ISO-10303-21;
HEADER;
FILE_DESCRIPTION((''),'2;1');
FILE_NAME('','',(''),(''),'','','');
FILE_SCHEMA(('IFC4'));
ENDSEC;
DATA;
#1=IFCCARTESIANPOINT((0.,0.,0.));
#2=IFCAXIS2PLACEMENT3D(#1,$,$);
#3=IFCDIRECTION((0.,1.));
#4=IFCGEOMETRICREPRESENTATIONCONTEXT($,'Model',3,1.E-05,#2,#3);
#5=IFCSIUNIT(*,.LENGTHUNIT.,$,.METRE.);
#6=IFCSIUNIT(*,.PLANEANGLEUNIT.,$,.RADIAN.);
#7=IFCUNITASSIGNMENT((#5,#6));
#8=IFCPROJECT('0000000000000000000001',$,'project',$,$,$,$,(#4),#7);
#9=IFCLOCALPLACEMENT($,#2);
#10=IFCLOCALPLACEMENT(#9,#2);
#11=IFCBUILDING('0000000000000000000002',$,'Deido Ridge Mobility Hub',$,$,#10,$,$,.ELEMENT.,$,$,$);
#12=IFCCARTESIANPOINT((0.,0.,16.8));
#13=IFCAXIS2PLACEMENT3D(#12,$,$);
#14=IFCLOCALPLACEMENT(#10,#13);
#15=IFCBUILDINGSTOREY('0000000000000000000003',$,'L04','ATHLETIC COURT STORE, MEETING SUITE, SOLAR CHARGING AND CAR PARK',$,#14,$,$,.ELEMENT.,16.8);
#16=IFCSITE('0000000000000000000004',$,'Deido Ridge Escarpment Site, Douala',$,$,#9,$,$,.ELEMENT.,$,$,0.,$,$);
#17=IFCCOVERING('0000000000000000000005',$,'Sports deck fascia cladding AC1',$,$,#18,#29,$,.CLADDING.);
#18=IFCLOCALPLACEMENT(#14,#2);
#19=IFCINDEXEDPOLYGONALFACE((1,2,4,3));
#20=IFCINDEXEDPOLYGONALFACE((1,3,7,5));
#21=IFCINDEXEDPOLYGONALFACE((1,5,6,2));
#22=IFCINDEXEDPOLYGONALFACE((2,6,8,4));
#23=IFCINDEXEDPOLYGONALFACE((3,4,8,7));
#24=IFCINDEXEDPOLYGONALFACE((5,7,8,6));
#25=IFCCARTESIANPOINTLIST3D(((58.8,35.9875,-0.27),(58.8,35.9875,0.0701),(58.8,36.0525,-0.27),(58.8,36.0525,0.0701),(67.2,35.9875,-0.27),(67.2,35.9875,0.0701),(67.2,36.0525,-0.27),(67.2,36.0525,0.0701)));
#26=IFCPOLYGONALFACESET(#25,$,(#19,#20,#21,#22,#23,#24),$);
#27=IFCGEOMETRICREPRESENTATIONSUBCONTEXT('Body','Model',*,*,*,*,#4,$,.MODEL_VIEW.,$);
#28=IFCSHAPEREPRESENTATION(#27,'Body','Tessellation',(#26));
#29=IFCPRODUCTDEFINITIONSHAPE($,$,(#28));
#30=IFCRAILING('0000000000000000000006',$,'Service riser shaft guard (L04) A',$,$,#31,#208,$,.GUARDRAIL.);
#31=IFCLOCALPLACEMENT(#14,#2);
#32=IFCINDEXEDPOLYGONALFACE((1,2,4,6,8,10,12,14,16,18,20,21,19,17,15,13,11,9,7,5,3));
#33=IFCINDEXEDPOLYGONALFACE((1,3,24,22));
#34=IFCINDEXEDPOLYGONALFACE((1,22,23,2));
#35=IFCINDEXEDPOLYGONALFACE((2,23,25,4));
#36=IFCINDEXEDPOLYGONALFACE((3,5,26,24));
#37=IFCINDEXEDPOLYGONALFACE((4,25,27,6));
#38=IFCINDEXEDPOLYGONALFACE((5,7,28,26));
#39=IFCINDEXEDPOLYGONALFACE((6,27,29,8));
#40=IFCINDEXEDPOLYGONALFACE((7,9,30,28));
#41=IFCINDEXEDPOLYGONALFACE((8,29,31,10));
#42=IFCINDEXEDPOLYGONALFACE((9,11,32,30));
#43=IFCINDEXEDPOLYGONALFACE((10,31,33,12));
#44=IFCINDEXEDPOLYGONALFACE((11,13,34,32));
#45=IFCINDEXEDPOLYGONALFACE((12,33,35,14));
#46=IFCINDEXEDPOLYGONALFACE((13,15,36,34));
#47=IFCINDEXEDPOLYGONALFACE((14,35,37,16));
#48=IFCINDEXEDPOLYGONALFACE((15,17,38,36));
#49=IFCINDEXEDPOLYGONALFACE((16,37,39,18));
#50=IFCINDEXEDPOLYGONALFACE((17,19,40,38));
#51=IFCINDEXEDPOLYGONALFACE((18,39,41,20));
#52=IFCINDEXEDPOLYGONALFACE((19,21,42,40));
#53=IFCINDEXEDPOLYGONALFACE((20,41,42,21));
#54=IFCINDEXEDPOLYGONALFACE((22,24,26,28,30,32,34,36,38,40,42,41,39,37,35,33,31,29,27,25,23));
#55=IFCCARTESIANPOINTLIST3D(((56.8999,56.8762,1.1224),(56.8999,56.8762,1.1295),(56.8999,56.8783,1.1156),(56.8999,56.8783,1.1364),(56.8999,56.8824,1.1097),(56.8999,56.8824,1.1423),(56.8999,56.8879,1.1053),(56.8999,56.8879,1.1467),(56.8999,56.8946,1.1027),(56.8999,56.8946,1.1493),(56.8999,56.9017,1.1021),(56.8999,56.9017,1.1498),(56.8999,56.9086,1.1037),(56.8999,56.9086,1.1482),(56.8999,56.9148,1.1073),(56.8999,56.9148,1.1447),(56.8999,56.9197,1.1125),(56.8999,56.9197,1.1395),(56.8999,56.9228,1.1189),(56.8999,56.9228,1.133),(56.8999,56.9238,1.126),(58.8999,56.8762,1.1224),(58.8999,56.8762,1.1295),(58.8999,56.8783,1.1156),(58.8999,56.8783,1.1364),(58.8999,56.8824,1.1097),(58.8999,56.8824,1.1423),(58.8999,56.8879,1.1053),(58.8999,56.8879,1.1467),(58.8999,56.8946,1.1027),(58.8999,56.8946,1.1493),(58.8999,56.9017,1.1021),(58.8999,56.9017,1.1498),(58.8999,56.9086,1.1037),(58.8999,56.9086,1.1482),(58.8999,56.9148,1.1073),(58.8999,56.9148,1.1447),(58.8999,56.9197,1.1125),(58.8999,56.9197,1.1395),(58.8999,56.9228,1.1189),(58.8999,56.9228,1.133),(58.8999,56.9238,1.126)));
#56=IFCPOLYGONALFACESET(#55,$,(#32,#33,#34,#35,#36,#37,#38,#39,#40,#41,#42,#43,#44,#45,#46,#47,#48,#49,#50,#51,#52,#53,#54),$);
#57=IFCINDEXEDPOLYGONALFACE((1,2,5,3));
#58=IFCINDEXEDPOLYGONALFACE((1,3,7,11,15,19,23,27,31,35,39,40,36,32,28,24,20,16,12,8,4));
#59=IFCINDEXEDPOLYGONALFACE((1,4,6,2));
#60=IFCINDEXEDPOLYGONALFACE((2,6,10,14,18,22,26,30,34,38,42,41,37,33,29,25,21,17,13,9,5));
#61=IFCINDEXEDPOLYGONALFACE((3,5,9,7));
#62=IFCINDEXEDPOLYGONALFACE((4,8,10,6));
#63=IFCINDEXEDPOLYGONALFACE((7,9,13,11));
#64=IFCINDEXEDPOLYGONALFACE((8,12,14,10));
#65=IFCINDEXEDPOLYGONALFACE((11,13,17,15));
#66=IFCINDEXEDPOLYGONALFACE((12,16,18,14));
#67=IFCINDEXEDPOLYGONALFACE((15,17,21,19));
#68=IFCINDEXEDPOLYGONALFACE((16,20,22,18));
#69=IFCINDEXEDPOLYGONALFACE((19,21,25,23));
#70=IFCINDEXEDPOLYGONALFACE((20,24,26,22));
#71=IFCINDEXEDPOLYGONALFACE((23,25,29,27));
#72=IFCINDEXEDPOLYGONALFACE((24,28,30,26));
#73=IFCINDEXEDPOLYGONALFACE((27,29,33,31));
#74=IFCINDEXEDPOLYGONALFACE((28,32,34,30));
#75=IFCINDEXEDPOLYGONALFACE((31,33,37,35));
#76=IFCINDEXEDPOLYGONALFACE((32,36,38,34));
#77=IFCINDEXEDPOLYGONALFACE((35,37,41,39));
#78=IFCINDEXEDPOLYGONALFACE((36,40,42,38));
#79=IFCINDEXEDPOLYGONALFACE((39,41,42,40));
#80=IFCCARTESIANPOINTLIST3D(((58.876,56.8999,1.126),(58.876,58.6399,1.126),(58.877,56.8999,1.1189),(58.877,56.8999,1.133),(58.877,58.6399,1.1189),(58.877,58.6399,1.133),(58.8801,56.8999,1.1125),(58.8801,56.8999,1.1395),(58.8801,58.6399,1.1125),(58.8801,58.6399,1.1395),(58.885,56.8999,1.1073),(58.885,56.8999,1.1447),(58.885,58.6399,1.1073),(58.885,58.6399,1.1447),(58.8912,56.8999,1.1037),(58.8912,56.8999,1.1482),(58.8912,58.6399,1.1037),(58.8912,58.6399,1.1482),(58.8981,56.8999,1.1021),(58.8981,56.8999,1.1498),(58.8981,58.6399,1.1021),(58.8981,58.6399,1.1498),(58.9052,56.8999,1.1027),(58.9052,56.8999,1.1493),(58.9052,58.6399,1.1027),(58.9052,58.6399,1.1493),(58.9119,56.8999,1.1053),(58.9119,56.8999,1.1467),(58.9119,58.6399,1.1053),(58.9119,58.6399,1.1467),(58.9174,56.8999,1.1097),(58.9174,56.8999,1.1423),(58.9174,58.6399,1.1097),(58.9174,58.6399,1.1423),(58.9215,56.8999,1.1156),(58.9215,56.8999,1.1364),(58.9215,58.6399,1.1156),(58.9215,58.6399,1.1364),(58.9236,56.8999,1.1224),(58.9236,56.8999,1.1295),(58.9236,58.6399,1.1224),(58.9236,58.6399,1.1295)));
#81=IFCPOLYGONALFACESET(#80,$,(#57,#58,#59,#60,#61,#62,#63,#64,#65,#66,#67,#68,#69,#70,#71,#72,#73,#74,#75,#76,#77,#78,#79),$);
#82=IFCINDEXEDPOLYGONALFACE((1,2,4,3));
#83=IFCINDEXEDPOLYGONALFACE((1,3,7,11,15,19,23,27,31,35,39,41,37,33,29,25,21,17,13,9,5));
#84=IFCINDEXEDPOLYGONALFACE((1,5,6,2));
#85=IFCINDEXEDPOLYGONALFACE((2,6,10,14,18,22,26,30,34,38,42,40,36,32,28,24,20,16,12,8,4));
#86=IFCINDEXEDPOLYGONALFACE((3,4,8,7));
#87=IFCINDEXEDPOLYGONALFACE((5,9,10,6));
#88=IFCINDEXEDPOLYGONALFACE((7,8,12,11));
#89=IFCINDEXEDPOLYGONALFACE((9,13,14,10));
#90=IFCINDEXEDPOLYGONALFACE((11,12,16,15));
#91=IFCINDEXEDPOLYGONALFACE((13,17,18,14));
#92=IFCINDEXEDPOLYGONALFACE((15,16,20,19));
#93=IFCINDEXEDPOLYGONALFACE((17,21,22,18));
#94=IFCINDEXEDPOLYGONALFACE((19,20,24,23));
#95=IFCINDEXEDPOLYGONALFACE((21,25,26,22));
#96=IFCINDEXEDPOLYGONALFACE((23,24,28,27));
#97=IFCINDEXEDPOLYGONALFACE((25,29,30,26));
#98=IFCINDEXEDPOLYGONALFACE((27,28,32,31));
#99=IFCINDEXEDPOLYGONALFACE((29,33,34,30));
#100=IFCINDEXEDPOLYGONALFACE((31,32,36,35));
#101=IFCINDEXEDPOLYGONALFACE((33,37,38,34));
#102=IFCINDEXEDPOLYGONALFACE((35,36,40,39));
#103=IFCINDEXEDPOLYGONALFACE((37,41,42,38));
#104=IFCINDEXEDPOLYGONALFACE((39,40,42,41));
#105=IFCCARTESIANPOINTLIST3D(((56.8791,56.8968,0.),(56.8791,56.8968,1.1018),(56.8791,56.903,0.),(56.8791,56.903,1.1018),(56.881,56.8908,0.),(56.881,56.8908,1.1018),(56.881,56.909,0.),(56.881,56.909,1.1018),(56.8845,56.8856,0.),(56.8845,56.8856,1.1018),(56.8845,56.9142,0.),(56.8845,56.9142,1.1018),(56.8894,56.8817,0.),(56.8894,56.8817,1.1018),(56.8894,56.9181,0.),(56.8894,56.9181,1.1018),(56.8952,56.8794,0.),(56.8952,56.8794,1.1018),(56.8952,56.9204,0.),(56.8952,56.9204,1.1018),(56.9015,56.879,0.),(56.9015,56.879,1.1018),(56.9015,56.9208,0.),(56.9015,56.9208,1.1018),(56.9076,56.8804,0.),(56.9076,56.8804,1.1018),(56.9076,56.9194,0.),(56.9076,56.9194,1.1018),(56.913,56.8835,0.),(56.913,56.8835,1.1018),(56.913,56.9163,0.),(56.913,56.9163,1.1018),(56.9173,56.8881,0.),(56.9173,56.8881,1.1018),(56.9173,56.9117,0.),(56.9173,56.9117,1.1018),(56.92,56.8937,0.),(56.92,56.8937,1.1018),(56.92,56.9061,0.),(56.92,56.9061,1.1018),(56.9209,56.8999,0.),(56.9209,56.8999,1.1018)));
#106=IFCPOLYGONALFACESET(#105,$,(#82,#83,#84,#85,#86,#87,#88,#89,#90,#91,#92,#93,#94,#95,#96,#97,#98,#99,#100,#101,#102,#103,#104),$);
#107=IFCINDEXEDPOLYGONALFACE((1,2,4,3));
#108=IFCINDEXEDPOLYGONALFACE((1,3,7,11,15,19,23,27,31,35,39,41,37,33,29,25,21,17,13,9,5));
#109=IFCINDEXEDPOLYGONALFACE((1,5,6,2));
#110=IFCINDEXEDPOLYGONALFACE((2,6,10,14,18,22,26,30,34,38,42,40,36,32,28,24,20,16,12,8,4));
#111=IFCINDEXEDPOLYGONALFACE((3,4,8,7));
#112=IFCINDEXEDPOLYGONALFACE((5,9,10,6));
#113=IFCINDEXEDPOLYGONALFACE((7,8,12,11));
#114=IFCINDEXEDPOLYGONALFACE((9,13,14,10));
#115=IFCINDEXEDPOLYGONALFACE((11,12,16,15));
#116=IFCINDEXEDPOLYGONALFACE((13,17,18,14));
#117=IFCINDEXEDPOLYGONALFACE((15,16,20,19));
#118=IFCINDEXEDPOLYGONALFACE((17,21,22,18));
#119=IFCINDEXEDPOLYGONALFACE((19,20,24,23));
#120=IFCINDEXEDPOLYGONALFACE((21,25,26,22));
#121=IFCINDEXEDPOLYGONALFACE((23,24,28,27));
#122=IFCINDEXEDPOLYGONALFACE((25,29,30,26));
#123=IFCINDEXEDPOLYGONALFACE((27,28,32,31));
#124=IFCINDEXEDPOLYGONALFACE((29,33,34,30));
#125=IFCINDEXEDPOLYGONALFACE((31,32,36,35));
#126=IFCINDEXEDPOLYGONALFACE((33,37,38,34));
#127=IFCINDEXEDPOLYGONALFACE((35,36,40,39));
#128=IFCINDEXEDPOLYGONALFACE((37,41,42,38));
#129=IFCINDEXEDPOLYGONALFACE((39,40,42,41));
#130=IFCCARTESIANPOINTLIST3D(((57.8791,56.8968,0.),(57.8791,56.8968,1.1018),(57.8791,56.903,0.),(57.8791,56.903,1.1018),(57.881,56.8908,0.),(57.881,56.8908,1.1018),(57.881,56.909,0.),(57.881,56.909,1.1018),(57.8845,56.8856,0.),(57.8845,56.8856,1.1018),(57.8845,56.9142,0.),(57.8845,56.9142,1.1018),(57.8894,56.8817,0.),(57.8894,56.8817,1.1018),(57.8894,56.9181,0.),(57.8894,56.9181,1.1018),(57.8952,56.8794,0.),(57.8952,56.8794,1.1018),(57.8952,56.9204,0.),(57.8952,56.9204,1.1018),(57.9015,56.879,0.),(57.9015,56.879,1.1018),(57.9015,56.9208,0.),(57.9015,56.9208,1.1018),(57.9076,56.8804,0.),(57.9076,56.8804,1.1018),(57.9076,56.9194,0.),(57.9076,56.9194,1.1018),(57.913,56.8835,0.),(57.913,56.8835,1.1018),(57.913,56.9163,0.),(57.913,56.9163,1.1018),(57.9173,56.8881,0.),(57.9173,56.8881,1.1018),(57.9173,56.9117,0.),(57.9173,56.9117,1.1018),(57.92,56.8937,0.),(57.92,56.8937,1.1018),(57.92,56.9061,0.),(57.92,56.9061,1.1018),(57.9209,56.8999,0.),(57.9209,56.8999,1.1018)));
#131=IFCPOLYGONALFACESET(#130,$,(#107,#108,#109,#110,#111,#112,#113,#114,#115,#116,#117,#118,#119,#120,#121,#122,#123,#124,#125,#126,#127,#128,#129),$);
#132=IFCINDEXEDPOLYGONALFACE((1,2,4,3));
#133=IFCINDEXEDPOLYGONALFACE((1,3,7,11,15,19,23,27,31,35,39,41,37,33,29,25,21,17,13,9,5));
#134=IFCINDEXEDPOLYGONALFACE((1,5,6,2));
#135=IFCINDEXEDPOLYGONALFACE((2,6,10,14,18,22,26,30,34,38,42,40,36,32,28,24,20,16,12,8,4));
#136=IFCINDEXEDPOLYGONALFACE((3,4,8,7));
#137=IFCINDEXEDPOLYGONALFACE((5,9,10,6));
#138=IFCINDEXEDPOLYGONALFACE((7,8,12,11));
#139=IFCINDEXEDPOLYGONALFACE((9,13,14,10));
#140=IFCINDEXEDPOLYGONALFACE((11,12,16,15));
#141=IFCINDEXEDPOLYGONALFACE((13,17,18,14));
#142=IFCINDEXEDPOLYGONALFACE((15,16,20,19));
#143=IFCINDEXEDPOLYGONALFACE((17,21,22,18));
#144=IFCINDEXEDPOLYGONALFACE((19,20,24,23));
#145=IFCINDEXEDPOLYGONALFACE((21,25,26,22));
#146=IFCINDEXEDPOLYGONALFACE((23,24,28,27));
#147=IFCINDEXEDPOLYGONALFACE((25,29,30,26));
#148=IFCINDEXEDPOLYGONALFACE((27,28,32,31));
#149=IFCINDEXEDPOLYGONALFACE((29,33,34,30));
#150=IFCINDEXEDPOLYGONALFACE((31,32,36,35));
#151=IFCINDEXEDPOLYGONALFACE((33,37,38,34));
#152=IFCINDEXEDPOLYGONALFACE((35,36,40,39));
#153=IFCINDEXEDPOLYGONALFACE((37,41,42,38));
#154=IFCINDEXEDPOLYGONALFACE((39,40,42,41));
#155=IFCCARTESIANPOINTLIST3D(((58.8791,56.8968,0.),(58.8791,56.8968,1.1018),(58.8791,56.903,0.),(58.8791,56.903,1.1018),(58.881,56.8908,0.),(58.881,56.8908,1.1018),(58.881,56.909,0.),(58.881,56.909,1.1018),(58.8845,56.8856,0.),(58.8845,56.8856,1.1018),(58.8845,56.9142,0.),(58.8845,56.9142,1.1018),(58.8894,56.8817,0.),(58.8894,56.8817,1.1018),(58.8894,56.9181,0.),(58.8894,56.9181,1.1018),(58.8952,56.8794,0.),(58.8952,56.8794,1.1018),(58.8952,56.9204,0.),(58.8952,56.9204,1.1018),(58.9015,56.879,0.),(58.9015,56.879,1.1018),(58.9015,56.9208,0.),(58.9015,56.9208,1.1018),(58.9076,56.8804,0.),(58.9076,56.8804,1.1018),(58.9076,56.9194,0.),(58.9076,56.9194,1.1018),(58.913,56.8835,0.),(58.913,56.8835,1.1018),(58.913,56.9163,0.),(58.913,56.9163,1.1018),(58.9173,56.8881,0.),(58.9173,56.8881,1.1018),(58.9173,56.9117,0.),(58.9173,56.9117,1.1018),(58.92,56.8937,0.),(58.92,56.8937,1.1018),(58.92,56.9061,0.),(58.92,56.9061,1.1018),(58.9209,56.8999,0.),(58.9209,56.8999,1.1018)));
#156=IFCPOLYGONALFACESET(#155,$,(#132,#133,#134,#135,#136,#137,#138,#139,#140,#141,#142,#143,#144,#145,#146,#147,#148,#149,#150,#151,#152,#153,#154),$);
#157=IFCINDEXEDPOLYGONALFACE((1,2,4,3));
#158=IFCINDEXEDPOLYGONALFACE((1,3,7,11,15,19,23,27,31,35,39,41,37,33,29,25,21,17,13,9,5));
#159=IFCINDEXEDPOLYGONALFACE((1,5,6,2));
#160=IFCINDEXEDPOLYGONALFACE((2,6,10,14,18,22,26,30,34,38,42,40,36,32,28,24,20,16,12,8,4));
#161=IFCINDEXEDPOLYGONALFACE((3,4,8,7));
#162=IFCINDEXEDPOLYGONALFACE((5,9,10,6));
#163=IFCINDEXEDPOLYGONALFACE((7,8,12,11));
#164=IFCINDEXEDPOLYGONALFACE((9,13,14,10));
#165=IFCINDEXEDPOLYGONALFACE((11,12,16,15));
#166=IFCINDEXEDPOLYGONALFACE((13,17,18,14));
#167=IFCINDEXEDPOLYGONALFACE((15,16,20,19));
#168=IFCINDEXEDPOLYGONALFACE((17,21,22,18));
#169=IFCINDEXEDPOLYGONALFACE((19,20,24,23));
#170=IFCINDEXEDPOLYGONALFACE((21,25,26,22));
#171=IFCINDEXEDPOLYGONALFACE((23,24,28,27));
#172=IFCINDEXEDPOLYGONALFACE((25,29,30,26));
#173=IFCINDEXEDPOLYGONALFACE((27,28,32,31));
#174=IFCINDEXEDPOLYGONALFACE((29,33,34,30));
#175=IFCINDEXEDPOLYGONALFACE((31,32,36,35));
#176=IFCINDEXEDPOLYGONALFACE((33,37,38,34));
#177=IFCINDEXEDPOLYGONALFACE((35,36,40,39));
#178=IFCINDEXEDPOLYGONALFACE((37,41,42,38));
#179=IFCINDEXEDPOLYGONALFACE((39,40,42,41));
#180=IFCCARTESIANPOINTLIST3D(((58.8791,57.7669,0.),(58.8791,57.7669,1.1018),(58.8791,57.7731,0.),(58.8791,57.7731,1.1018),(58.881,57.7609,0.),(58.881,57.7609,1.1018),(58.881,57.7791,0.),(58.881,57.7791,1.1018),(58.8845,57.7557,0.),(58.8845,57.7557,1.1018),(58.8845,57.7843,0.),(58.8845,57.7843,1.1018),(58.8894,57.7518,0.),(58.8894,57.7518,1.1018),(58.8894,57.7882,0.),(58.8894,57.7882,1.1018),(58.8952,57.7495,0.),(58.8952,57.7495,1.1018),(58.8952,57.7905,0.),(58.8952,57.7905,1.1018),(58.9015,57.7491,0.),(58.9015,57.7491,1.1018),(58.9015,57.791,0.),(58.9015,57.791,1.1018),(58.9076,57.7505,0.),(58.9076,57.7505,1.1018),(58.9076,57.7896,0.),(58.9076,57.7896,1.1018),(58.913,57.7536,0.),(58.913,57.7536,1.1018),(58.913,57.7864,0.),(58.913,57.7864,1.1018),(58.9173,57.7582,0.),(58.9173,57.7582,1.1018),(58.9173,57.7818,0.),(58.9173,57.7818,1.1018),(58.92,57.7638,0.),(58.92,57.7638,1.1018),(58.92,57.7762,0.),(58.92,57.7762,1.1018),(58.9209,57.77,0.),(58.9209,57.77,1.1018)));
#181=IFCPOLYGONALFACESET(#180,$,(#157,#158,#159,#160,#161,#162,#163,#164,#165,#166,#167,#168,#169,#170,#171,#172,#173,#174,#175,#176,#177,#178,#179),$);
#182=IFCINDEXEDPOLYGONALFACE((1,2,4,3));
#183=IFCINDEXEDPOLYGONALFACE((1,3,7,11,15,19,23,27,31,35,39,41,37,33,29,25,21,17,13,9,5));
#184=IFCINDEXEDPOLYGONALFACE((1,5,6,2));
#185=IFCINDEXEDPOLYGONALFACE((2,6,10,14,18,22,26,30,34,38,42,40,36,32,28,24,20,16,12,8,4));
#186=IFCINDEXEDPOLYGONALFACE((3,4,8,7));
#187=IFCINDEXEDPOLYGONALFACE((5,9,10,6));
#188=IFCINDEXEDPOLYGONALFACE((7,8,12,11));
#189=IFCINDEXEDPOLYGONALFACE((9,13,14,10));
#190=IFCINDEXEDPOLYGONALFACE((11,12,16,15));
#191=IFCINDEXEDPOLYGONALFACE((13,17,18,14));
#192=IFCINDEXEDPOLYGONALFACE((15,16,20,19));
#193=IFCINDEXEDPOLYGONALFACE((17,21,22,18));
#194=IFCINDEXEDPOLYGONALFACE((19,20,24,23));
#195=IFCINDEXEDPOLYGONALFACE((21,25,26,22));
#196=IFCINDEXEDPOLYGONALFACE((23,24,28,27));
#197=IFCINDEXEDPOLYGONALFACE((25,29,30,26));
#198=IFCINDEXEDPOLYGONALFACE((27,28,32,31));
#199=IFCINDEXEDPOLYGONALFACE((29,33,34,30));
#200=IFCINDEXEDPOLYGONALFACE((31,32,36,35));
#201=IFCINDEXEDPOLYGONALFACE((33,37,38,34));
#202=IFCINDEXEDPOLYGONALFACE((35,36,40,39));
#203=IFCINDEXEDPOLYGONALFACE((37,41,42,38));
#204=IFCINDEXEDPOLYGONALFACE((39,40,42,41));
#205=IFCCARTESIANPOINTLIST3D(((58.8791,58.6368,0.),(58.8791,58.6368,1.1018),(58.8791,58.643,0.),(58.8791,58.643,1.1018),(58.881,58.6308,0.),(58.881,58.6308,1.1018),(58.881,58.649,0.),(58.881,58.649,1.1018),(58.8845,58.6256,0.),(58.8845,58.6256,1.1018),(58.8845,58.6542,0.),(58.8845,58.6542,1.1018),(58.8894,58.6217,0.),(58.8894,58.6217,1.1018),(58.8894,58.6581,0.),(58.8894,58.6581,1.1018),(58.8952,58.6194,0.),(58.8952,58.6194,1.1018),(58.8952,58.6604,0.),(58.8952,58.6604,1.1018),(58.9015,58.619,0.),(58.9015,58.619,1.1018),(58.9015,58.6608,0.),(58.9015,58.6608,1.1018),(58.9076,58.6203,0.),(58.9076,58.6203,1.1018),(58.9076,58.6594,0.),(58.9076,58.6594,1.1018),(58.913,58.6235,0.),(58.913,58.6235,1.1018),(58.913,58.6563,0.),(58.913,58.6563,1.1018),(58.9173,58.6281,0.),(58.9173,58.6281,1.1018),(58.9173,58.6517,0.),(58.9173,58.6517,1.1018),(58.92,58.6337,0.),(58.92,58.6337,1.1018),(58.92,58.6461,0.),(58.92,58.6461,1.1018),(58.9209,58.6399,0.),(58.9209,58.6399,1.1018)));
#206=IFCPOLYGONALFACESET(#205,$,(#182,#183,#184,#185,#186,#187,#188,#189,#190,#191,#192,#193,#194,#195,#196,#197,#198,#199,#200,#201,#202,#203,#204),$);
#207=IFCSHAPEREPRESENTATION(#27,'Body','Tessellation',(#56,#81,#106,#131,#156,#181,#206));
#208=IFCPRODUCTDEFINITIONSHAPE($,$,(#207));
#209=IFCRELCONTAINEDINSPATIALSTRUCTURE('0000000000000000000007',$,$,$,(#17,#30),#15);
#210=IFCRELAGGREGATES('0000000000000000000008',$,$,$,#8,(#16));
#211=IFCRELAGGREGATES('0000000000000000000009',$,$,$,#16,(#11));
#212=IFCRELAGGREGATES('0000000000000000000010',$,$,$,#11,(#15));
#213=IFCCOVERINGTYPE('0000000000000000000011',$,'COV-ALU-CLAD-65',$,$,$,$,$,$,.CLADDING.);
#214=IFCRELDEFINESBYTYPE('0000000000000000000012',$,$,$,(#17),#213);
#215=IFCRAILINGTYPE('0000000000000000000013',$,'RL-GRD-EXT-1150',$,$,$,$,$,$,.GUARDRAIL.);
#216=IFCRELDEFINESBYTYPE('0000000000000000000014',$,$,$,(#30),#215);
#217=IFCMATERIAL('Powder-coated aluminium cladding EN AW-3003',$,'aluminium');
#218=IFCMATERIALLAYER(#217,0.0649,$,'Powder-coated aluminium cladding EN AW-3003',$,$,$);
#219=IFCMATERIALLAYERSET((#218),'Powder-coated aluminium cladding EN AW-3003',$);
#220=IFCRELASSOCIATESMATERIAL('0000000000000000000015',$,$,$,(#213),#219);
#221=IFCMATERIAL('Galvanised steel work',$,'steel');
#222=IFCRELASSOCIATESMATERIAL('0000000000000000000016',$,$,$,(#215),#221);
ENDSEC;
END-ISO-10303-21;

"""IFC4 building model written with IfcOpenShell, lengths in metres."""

from ifc_helpers import new_model, si_unit, direction, frame, origin, origin_2d, place, context, subcontext, project, spatial, rectangle, circle, extrude, material, layer, layer_set, type_object, element, save


model = new_model("IFC4")

# Units and contexts
model_context = context("Model", 3, precision=1e-05, world=origin(), true_north=direction((0.0, 1.0)))
body_context = subcontext(model_context, "Body", "Model", "MODEL_VIEW")
ifc_project = project(units=[si_unit("LENGTHUNIT", "METRE"), si_unit("PLANEANGLEUNIT", "RADIAN")], contexts=[model_context])

# Site, building, storey
site_placement = place(None, origin())
site = spatial("IfcSite", under=ifc_project, at=site_placement, Name="Deido Ridge Escarpment Site, Douala", CompositionType="ELEMENT", RefElevation=0.0)
building_placement = place(site_placement, origin())
building = spatial("IfcBuilding", under=site, at=building_placement, Name="Deido Ridge Mobility Hub", CompositionType="ELEMENT")
storey_placement = place(building_placement, frame((0.0, 0.0, 16.8)))
storey = spatial("IfcBuildingStorey", under=building, at=storey_placement, Name="L04", Description="ATHLETIC COURT STORE, MEETING SUITE, SOLAR CHARGING AND CAR PARK", CompositionType="ELEMENT", Elevation=16.8)

# Covering
ifc_material_1 = material(Name="Powder-coated aluminium cladding EN AW-3003", Category="aluminium")
ifc_layer_1 = layer(ifc_material_1, 0.0649, Name="Powder-coated aluminium cladding EN AW-3003")
ifc_layer_set_1 = layer_set([ifc_layer_1], Name="Powder-coated aluminium cladding EN AW-3003")
covering_type = type_object("IfcCoveringType", Name="COV-ALU-CLAD-65", PredefinedType="CLADDING", material=ifc_layer_set_1)
covering_placement = place(storey_placement, frame((63.0, 36.02, -0.27), z_axis=(0.0, 0.0, 1.0), x_axis=(1.0, 0.0, 0.0)))
element("IfcCovering", 1, at=covering_placement, inside=storey, type_object=covering_type, Name="Sports deck fascia cladding AC1", PredefinedType="CLADDING", context=body_context, shape_type="SweptSolid", body=[
    extrude(rectangle(XDim=8.3999, YDim=0.0649, at=origin_2d()), origin(), (0.0, 0.0, 1.0), 0.3401),
])

# Railing
ifc_material_2 = material(Name="Galvanised steel work", Category="steel")
railing_type = type_object("IfcRailingType", Name="RL-GRD-EXT-1150", PredefinedType="GUARDRAIL", material=ifc_material_2)
railing_placement = place(storey_placement, frame((56.8999, 56.8999, 0.0)))
element("IfcRailing", 2, at=railing_placement, inside=storey, type_object=railing_type, Name="Service riser shaft guard (L04) A", PredefinedType="GUARDRAIL", context=body_context, shape_type="SweptSolid", body=[
    extrude(circle(Radius=0.0239, at=origin_2d()), frame((0.0, 0.0, 1.126), z_axis=(1.0, 0.0, 0.0), x_axis=(0.0, 1.0, 0.0)), (0.0, 0.0, 1.0), 2.0),
    extrude(circle(Radius=0.0239, at=origin_2d()), frame((2.0, 0.0, 1.126), z_axis=(0.0, 1.0, 0.0), x_axis=(-1.0, 0.0, 0.0)), (0.0, 0.0, 1.0), 1.74),
    extrude(circle(Radius=0.021, at=origin_2d()), origin(), (0.0, 0.0, 1.0), 1.1018),
    extrude(circle(Radius=0.021, at=origin_2d()), frame((1.0, 0.0, 0.0)), (0.0, 0.0, 1.0), 1.1018),
    extrude(circle(Radius=0.021, at=origin_2d()), frame((2.0, 0.0, 0.0)), (0.0, 0.0, 1.0), 1.1018),
    extrude(circle(Radius=0.021, at=origin_2d()), frame((2.0, 0.8701, 0.0)), (0.0, 0.0, 1.0), 1.1018),
    extrude(circle(Radius=0.021, at=origin_2d()), frame((2.0, 1.74, 0.0)), (0.0, 0.0, 1.0), 1.1018),
])

save(model, "model.ifc")
